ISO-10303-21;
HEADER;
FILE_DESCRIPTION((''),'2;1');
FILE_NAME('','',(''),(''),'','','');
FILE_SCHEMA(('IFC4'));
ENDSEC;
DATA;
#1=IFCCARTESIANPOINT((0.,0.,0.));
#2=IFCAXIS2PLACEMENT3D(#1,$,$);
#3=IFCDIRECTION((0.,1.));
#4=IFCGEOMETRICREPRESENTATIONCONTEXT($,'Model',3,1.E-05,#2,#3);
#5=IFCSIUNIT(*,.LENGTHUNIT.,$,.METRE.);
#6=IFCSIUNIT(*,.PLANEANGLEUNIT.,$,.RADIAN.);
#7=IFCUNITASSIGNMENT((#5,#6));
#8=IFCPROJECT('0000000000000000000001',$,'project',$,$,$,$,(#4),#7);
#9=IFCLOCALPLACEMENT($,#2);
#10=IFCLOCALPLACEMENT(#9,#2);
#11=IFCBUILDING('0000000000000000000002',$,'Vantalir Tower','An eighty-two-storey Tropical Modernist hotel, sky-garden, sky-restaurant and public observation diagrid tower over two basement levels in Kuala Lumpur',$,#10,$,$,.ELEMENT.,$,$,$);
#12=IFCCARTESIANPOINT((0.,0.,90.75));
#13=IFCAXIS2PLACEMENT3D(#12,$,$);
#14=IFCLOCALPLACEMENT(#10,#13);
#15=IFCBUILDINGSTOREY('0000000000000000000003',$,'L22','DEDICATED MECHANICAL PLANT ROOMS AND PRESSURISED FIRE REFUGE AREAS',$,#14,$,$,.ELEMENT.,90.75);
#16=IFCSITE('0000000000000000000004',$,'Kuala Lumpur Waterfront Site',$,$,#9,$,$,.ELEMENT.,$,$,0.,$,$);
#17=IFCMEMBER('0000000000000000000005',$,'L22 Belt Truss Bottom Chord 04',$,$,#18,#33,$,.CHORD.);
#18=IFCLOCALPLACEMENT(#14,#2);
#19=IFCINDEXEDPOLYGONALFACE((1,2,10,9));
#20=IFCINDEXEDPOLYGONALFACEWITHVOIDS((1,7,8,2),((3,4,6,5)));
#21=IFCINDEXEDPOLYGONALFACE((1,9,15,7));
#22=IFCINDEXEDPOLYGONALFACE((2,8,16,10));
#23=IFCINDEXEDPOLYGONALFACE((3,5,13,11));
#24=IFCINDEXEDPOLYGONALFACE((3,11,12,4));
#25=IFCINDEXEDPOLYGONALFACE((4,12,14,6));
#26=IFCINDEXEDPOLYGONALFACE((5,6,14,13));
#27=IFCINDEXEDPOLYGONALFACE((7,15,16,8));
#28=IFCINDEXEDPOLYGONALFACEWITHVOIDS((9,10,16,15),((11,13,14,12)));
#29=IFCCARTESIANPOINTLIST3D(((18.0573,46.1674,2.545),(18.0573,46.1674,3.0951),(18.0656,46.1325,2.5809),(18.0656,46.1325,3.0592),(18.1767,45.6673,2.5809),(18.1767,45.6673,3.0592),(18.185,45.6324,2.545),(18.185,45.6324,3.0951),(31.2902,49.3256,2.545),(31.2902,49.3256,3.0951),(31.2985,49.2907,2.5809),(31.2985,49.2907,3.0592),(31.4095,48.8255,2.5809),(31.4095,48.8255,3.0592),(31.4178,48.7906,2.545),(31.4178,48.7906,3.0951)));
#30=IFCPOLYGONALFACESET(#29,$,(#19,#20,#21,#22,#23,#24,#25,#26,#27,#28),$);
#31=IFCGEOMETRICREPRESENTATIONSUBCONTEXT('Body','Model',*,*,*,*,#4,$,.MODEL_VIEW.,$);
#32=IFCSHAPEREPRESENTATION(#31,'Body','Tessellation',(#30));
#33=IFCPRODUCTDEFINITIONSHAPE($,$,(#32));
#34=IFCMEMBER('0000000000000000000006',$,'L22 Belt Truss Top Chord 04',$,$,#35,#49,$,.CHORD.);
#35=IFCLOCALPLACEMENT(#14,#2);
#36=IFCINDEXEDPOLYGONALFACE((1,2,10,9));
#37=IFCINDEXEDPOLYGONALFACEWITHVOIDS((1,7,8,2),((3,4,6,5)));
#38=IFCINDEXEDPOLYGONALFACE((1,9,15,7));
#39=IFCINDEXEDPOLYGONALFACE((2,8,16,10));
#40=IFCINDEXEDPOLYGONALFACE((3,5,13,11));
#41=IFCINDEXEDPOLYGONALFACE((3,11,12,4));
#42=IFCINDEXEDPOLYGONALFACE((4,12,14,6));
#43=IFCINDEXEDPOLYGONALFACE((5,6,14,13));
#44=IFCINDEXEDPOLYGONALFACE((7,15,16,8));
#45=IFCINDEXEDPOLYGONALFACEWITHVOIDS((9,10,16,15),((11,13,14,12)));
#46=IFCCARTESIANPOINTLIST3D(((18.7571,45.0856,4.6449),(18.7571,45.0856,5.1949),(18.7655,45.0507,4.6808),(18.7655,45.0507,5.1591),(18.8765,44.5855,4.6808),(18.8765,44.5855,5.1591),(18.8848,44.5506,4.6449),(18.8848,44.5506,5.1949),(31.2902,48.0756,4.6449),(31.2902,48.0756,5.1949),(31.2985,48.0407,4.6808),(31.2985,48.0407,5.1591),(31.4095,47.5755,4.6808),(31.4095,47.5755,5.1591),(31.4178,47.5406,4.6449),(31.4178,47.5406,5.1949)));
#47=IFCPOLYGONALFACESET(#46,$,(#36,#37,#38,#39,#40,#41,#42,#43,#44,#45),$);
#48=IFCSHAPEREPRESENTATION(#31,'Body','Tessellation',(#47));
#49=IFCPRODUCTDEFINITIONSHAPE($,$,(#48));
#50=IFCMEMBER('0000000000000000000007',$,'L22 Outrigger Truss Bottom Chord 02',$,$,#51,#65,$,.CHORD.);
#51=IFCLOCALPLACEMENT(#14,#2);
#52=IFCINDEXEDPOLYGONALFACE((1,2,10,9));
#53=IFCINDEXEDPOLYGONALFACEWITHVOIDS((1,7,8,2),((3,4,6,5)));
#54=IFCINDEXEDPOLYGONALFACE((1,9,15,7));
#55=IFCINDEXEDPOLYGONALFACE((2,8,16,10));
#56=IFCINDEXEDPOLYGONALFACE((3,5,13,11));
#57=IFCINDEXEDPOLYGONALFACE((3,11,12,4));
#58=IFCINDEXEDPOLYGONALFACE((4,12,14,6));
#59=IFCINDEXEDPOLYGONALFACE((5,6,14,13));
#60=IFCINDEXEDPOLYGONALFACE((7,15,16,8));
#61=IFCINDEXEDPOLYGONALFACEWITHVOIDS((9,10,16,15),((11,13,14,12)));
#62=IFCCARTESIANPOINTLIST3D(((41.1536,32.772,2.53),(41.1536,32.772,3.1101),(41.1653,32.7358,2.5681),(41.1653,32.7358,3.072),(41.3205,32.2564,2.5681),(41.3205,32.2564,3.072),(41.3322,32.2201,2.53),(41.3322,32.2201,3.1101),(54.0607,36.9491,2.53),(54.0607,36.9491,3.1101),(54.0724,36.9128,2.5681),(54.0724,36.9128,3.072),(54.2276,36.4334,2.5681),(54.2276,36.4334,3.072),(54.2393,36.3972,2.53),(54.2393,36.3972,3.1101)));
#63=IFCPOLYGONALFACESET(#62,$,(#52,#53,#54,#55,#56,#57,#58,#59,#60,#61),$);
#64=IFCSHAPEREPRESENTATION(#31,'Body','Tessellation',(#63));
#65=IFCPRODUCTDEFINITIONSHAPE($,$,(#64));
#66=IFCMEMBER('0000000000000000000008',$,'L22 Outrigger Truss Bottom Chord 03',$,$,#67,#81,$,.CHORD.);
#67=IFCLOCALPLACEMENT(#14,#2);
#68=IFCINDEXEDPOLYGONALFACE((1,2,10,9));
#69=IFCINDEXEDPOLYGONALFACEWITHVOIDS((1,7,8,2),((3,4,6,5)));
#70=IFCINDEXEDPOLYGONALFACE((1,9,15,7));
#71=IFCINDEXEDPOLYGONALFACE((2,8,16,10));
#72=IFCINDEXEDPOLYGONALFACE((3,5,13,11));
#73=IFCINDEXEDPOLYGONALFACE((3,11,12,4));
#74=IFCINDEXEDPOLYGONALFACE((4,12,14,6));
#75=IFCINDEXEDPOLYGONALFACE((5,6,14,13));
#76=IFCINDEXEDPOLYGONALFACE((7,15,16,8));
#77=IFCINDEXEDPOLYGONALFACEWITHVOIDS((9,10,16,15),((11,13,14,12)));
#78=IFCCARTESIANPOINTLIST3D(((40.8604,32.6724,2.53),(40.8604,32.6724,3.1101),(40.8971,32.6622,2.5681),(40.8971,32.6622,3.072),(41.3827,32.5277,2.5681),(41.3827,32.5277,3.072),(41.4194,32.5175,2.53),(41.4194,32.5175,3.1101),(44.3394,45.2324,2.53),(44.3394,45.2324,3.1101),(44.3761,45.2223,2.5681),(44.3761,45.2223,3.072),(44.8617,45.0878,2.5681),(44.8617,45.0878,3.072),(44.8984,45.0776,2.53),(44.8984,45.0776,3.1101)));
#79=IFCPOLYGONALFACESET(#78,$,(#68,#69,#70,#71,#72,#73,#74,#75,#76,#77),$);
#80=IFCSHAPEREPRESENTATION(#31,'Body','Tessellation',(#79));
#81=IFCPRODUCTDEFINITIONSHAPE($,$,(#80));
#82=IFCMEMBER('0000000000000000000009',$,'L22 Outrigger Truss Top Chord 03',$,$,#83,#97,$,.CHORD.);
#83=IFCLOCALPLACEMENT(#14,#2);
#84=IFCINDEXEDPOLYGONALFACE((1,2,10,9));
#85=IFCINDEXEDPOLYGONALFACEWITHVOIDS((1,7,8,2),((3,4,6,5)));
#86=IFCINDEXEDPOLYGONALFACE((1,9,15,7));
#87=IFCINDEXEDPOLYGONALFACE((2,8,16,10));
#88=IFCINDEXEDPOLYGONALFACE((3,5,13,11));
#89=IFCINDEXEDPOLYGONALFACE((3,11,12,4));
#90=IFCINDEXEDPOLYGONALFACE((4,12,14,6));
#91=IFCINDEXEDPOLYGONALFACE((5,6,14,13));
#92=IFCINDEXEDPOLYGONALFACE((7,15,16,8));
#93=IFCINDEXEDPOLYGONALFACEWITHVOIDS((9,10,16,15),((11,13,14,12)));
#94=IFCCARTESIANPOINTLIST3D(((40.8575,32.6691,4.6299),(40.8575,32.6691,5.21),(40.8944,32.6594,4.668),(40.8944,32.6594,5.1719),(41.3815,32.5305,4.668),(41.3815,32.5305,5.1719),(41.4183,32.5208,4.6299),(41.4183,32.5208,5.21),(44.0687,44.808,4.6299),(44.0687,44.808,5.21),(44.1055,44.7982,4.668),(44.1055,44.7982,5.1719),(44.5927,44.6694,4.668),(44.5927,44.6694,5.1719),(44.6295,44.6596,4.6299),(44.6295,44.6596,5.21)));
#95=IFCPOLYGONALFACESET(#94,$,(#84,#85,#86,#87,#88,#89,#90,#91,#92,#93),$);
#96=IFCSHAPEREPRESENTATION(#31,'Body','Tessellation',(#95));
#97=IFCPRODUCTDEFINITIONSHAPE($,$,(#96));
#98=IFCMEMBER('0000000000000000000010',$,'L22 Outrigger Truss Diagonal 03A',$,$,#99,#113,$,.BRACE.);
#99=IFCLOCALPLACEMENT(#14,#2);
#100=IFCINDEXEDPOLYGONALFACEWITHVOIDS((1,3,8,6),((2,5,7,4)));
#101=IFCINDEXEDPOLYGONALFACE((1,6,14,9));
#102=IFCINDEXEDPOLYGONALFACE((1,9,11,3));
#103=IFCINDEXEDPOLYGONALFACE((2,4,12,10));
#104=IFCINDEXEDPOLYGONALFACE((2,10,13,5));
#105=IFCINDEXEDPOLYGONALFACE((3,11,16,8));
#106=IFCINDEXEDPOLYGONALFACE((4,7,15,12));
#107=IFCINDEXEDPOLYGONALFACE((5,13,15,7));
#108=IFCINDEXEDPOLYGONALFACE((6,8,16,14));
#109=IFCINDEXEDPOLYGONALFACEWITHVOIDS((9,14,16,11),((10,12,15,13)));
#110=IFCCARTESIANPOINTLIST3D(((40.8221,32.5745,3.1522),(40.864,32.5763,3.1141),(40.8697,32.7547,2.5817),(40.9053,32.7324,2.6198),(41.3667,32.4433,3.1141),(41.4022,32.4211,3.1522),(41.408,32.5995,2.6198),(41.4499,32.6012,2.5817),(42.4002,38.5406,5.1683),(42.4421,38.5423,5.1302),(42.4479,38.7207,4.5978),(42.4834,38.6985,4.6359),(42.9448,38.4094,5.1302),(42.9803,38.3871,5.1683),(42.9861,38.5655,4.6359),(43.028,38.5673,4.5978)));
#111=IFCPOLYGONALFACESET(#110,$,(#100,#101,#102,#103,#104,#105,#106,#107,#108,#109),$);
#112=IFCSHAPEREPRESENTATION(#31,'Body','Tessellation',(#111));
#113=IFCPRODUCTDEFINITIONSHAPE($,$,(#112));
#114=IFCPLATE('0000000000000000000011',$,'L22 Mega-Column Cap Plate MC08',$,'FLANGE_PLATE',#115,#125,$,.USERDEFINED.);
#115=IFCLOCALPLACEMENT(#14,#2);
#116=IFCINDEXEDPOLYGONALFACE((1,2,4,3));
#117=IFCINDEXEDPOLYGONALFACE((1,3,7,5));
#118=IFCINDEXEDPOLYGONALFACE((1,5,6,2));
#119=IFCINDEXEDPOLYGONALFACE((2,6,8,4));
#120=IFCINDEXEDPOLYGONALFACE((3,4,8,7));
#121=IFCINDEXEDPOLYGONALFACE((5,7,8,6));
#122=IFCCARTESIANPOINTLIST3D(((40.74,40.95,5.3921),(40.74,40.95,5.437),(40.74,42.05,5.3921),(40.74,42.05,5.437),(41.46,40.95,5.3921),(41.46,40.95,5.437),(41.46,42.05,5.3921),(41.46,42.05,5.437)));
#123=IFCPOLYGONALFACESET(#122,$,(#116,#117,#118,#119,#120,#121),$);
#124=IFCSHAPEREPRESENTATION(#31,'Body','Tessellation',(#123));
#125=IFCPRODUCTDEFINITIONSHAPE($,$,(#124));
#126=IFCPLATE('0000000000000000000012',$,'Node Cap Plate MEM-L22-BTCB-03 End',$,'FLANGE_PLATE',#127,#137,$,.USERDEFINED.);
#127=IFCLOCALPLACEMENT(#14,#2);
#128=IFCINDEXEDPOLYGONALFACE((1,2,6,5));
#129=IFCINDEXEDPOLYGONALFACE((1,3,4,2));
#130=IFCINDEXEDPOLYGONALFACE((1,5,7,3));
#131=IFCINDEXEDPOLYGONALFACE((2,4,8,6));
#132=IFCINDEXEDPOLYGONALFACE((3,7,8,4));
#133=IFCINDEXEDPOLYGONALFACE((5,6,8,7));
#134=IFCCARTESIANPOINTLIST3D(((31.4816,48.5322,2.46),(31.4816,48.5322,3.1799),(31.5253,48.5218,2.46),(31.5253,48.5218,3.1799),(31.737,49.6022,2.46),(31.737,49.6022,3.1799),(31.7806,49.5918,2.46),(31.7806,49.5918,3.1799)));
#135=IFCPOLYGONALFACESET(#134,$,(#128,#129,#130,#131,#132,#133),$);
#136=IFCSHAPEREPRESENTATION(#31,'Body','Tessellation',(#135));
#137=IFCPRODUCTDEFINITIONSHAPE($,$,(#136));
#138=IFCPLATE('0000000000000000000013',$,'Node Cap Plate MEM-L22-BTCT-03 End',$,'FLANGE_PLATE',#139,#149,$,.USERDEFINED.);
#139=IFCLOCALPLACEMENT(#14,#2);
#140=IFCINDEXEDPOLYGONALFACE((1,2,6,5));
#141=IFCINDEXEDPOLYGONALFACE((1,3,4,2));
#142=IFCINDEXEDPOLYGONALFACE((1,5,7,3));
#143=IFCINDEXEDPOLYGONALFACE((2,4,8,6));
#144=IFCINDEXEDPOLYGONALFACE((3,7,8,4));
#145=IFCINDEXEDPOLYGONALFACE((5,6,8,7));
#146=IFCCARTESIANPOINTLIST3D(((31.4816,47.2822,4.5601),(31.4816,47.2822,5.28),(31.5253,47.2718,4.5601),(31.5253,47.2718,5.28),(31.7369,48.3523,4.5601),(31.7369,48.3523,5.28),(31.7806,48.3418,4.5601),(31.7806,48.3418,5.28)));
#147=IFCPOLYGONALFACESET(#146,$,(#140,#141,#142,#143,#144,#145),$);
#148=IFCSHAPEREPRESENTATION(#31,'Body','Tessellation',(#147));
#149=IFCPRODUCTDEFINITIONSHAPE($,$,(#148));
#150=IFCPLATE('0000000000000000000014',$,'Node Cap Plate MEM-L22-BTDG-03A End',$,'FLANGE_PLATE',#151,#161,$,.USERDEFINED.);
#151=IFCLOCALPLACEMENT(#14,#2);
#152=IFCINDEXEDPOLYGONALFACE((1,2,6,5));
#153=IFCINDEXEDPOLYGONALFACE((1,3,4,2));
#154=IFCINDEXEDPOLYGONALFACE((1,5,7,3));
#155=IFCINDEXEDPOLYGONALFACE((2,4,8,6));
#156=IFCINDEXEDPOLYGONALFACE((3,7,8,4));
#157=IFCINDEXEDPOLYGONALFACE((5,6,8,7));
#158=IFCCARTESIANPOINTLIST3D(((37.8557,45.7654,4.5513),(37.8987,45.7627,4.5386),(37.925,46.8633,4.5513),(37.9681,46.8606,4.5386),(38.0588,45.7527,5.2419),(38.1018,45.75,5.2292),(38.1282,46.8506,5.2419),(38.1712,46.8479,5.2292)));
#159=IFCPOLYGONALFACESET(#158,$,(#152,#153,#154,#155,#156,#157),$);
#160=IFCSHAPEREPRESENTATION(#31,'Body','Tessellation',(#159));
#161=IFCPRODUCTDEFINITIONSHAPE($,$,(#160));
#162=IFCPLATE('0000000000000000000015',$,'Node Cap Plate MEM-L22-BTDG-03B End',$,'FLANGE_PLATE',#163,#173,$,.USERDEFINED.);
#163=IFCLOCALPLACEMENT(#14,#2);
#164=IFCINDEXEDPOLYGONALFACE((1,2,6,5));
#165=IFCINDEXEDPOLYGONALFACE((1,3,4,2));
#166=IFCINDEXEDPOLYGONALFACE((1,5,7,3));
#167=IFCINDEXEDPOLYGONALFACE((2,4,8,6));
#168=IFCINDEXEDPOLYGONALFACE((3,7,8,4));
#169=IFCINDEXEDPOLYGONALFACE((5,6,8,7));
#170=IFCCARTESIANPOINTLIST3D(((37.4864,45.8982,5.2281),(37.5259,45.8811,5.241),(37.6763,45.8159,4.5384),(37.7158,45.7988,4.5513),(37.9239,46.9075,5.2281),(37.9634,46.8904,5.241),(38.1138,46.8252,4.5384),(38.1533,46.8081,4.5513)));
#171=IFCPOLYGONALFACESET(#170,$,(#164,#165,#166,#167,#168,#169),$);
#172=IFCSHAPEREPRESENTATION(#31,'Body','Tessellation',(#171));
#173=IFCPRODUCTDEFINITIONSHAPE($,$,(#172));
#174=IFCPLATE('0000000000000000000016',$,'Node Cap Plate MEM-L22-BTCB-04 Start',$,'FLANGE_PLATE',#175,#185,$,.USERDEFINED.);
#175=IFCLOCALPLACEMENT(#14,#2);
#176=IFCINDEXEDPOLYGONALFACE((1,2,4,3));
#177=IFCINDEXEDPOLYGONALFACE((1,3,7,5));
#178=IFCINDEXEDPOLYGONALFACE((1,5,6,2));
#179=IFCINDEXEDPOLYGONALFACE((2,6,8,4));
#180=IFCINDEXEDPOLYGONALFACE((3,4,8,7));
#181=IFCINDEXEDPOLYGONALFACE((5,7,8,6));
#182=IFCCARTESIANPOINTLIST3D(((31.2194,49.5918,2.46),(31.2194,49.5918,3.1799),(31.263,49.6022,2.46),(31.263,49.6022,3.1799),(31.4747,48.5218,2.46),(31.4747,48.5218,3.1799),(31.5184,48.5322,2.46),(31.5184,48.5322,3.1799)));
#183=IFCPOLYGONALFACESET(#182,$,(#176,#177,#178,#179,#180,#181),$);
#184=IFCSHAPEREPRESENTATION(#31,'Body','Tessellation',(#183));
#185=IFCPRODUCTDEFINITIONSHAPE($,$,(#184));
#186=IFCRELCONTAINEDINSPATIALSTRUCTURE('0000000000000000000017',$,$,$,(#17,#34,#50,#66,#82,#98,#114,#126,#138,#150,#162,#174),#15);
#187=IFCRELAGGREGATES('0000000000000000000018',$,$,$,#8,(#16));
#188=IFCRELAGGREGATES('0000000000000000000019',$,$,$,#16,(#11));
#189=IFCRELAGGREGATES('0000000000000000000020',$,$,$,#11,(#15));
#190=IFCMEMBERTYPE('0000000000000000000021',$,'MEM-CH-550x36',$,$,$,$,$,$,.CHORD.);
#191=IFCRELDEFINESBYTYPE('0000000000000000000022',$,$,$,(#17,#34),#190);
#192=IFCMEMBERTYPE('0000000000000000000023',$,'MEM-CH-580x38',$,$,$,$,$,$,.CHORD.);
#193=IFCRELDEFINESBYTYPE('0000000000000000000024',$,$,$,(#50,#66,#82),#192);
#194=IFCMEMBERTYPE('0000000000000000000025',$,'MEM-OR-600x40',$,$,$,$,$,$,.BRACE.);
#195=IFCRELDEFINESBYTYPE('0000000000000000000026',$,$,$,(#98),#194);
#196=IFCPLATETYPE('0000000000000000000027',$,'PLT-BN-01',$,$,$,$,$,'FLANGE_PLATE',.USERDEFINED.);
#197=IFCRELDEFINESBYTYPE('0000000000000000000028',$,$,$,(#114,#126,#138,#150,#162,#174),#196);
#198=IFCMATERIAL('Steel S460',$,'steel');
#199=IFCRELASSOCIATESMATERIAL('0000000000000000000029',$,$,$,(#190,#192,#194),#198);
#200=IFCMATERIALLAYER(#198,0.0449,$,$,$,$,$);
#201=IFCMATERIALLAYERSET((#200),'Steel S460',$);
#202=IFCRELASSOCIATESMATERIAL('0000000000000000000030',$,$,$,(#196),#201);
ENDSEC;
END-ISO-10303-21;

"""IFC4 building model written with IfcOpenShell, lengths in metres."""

from ifc_helpers import new_model, si_unit, direction, frame, origin, origin_2d, place, context, subcontext, project, spatial, polyline, rectangle, hollow_rectangle, outline, extrude, material, layer, layer_set, material_profile, profile_set, type_object, element, save


model = new_model("IFC4")

# Units and contexts
model_context = context("Model", 3, precision=1e-05, world=origin(), true_north=direction((0.0, 1.0)))
body_context = subcontext(model_context, "Body", "Model", "MODEL_VIEW")
ifc_project = project(units=[si_unit("LENGTHUNIT", "METRE"), si_unit("PLANEANGLEUNIT", "RADIAN")], contexts=[model_context])

# Site, building, storey
site_placement = place(None, origin())
site = spatial("IfcSite", under=ifc_project, at=site_placement, Name="Kuala Lumpur Waterfront Site", CompositionType="ELEMENT", RefElevation=0.0)
building_placement = place(site_placement, origin())
building = spatial("IfcBuilding", under=site, at=building_placement, Name="Vantalir Tower", Description="An eighty-two-storey Tropical Modernist hotel, sky-garden, sky-restaurant and public observation diagrid tower over two basement levels in Kuala Lumpur", CompositionType="ELEMENT")
storey_placement = place(building_placement, frame((0.0, 0.0, 90.75)))
storey = spatial("IfcBuildingStorey", under=building, at=storey_placement, Name="L22", Description="DEDICATED MECHANICAL PLANT ROOMS AND PRESSURISED FIRE REFUGE AREAS", CompositionType="ELEMENT", Elevation=90.75)

# Shared definitions
ifc_material_1 = material(Name="Steel S460", Category="steel")

# Members
ifc_material_profile_1 = material_profile(ifc_material_1, hollow_rectangle(XDim=0.55, YDim=0.55, WallThickness=0.0359, at=origin_2d()), Name="Steel S460")
ifc_profile_set_1 = profile_set([ifc_material_profile_1], Name="Steel S460")
member_type_1 = type_object("IfcMemberType", Name="MEM-CH-550x36", PredefinedType="CHORD", material=ifc_profile_set_1)
member_1_placement = place(storey_placement, frame((31.354, 49.0581, 2.8201), z_axis=(-0.972682, -0.232143, 0.0), x_axis=(0.232143, -0.972682, 0.0)))
element("IfcMember", 1, at=member_1_placement, inside=storey, type_object=member_type_1, Name="L22 Belt Truss Bottom Chord 04", PredefinedType="CHORD", context=body_context, shape_type="SweptSolid", body=[
    extrude(hollow_rectangle(XDim=0.55, YDim=0.55, WallThickness=0.0359, at=origin_2d()), origin(), (0.0, 0.0, 1.0), 13.6045),
])
member_2_placement = place(storey_placement, frame((31.354, 47.8081, 4.9199), z_axis=(-0.972702, -0.232058, 0.0), x_axis=(0.232058, -0.972702, 0.0)))
element("IfcMember", 2, at=member_2_placement, inside=storey, type_object=member_type_1, Name="L22 Belt Truss Top Chord 04", PredefinedType="CHORD", context=body_context, shape_type="SweptSolid", body=[
    extrude(hollow_rectangle(XDim=0.55, YDim=0.55, WallThickness=0.0359, at=origin_2d()), origin(), (0.0, 0.0, 1.0), 12.8848),
])
ifc_material_profile_2 = material_profile(ifc_material_1, hollow_rectangle(XDim=0.5801, YDim=0.5801, WallThickness=0.0381, at=origin_2d()), Name="Steel S460")
ifc_profile_set_2 = profile_set([ifc_material_profile_2], Name="Steel S460")
member_type_2 = type_object("IfcMemberType", Name="MEM-CH-580x38", PredefinedType="CHORD", material=ifc_profile_set_2)
member_3_placement = place(storey_placement, frame((41.2429, 32.4961, 2.8201), z_axis=(0.951418, 0.307901, 0.0), x_axis=(-0.307901, 0.951418, 0.0)))
element("IfcMember", 3, at=member_3_placement, inside=storey, type_object=member_type_2, Name="L22 Outrigger Truss Bottom Chord 02", PredefinedType="CHORD", context=body_context, shape_type="SweptSolid", body=[
    extrude(hollow_rectangle(XDim=0.5801, YDim=0.5801, WallThickness=0.0381, at=origin_2d()), origin(), (0.0, 0.0, 1.0), 13.5662),
])
member_4_placement = place(storey_placement, frame((41.1399, 32.595, 2.8201), z_axis=(0.266939, 0.963714, 0.0), x_axis=(-0.963714, 0.266939, 0.0)))
element("IfcMember", 4, at=member_4_placement, inside=storey, type_object=member_type_2, Name="L22 Outrigger Truss Bottom Chord 03", PredefinedType="CHORD", context=body_context, shape_type="SweptSolid", body=[
    extrude(hollow_rectangle(XDim=0.5801, YDim=0.5801, WallThickness=0.0381, at=origin_2d()), origin(), (0.0, 0.0, 1.0), 13.033),
])
member_5_placement = place(storey_placement, frame((41.1379, 32.595, 4.9199), z_axis=(0.255739, 0.966746, 0.0), x_axis=(-0.966746, 0.255739, 0.0)))
element("IfcMember", 5, at=member_5_placement, inside=storey, type_object=member_type_2, Name="L22 Outrigger Truss Top Chord 03", PredefinedType="CHORD", context=body_context, shape_type="SweptSolid", body=[
    extrude(hollow_rectangle(XDim=0.5801, YDim=0.5801, WallThickness=0.0381, at=origin_2d()), origin(), (0.0, 0.0, 1.0), 12.5564),
])
ifc_material_profile_3 = material_profile(ifc_material_1, hollow_rectangle(XDim=0.6001, YDim=0.6001, WallThickness=0.04, at=origin_2d()), Name="Steel S460")
ifc_profile_set_3 = profile_set([ifc_material_profile_3], Name="Steel S460")
member_type_3 = type_object("IfcMemberType", Name="MEM-OR-600x40", PredefinedType="BRACE", material=ifc_profile_set_3)
member_6_placement = place(storey_placement, frame((41.136, 32.5879, 2.8669), z_axis=(0.243079, 0.918954, 0.310542), x_axis=(-0.96675, 0.255722, 0.0)))
element("IfcMember", 6, at=member_6_placement, inside=storey, type_object=member_type_3, Name="L22 Outrigger Truss Diagonal 03A", PredefinedType="BRACE", context=body_context, shape_type="SweptSolid", body=[
    extrude(hollow_rectangle(XDim=0.6001, YDim=0.6001, WallThickness=0.04, at=origin_2d()), origin(), (0.0, 0.0, 1.0), 6.4922),
])

# Plates
ifc_layer_1 = layer(ifc_material_1, 0.0449)
ifc_layer_set_1 = layer_set([ifc_layer_1], Name="Steel S460")
plate_type_1 = type_object("IfcPlateType", Name="PLT-BN-01", ElementType="FLANGE_PLATE", PredefinedType="USERDEFINED", material=ifc_layer_set_1)
plate_1_placement = place(storey_placement, frame((40.74, 42.05, 5.437), z_axis=(0.0, 0.0, 1.0), x_axis=(0.0, -1.0, 0.0)))
element("IfcPlate", 7, at=plate_1_placement, inside=storey, type_object=plate_type_1, Name="L22 Mega-Column Cap Plate MC08", ObjectType="FLANGE_PLATE", PredefinedType="USERDEFINED", context=body_context, shape_type="SweptSolid", body=[
    extrude(outline(polyline([(0.0, 0.0), (1.1001, 0.0), (1.1001, 0.72), (0.0, 0.72), (0.0, 0.0)])), origin(), (0.0, 0.0, -1.0), 0.0449),
])
for number, where, z_axis, x_axis, name in (
    (8, (31.6311, 49.062, 2.46), (0.0, 0.0, 1.0), (-0.972679, 0.232155, 0.0), "Node Cap Plate MEM-L22-BTCB-03 End"),
    (9, (31.6311, 47.812, 4.5601), (0.0, 0.0, 1.0), (-0.972695, 0.232087, 0.0), "Node Cap Plate MEM-L22-BTCT-03 End"),
):
    element("IfcPlate", number, at=place(storey_placement, frame(where, z_axis=z_axis, x_axis=x_axis)), inside=storey, type_object=plate_type_1, Name=name, ObjectType="FLANGE_PLATE", PredefinedType="USERDEFINED", context=body_context, shape_type="SweptSolid", body=[
        extrude(rectangle(XDim=0.0449, YDim=1.1001, at=origin_2d()), origin(), (0.0, 0.0, 1.0), 0.72),
    ])
plate_2_placement = place(storey_placement, frame((37.925, 46.8633, 4.5513), z_axis=(-0.957315, 0.060457, 0.282654), x_axis=(-0.063028, -0.998012, 0.0)))
element("IfcPlate", 10, at=plate_2_placement, inside=storey, type_object=plate_type_1, Name="Node Cap Plate MEM-L22-BTDG-03A End", ObjectType="FLANGE_PLATE", PredefinedType="USERDEFINED", context=body_context, shape_type="SweptSolid", body=[
    extrude(outline(polyline([(0.0, 0.0), (1.1001, 0.0), (1.1, 0.72), (-0.0001, 0.72), (0.0, 0.0)])), origin(), (0.0, 0.0, -1.0), 0.0449),
])
plate_3_placement = place(storey_placement, frame((37.7158, 45.7988, 4.5513), z_axis=(0.878782, -0.380933, 0.287457), x_axis=(0.39772, 0.917507, 0.0)))
element("IfcPlate", 11, at=plate_3_placement, inside=storey, type_object=plate_type_1, Name="Node Cap Plate MEM-L22-BTDG-03B End", ObjectType="FLANGE_PLATE", PredefinedType="USERDEFINED", context=body_context, shape_type="SweptSolid", body=[
    extrude(outline(polyline([(0.0, 0.0), (1.1, 0.0), (1.1, 0.7201), (-0.0001, 0.7201), (0.0, 0.0)])), origin(), (0.0, 0.0, -1.0), 0.0449),
])
for number, where, z_axis, x_axis, name in (
    (12, (31.3689, 49.062, 2.46), (0.0, 0.0, 1.0), (-0.972679, -0.232155, 0.0), "Node Cap Plate MEM-L22-BTCB-04 Start"),
):
    element("IfcPlate", number, at=place(storey_placement, frame(where, z_axis=z_axis, x_axis=x_axis)), inside=storey, type_object=plate_type_1, Name=name, ObjectType="FLANGE_PLATE", PredefinedType="USERDEFINED", context=body_context, shape_type="SweptSolid", body=[
        extrude(rectangle(XDim=0.0449, YDim=1.1001, at=origin_2d()), origin(), (0.0, 0.0, 1.0), 0.72),
    ])

save(model, "model.ifc")
